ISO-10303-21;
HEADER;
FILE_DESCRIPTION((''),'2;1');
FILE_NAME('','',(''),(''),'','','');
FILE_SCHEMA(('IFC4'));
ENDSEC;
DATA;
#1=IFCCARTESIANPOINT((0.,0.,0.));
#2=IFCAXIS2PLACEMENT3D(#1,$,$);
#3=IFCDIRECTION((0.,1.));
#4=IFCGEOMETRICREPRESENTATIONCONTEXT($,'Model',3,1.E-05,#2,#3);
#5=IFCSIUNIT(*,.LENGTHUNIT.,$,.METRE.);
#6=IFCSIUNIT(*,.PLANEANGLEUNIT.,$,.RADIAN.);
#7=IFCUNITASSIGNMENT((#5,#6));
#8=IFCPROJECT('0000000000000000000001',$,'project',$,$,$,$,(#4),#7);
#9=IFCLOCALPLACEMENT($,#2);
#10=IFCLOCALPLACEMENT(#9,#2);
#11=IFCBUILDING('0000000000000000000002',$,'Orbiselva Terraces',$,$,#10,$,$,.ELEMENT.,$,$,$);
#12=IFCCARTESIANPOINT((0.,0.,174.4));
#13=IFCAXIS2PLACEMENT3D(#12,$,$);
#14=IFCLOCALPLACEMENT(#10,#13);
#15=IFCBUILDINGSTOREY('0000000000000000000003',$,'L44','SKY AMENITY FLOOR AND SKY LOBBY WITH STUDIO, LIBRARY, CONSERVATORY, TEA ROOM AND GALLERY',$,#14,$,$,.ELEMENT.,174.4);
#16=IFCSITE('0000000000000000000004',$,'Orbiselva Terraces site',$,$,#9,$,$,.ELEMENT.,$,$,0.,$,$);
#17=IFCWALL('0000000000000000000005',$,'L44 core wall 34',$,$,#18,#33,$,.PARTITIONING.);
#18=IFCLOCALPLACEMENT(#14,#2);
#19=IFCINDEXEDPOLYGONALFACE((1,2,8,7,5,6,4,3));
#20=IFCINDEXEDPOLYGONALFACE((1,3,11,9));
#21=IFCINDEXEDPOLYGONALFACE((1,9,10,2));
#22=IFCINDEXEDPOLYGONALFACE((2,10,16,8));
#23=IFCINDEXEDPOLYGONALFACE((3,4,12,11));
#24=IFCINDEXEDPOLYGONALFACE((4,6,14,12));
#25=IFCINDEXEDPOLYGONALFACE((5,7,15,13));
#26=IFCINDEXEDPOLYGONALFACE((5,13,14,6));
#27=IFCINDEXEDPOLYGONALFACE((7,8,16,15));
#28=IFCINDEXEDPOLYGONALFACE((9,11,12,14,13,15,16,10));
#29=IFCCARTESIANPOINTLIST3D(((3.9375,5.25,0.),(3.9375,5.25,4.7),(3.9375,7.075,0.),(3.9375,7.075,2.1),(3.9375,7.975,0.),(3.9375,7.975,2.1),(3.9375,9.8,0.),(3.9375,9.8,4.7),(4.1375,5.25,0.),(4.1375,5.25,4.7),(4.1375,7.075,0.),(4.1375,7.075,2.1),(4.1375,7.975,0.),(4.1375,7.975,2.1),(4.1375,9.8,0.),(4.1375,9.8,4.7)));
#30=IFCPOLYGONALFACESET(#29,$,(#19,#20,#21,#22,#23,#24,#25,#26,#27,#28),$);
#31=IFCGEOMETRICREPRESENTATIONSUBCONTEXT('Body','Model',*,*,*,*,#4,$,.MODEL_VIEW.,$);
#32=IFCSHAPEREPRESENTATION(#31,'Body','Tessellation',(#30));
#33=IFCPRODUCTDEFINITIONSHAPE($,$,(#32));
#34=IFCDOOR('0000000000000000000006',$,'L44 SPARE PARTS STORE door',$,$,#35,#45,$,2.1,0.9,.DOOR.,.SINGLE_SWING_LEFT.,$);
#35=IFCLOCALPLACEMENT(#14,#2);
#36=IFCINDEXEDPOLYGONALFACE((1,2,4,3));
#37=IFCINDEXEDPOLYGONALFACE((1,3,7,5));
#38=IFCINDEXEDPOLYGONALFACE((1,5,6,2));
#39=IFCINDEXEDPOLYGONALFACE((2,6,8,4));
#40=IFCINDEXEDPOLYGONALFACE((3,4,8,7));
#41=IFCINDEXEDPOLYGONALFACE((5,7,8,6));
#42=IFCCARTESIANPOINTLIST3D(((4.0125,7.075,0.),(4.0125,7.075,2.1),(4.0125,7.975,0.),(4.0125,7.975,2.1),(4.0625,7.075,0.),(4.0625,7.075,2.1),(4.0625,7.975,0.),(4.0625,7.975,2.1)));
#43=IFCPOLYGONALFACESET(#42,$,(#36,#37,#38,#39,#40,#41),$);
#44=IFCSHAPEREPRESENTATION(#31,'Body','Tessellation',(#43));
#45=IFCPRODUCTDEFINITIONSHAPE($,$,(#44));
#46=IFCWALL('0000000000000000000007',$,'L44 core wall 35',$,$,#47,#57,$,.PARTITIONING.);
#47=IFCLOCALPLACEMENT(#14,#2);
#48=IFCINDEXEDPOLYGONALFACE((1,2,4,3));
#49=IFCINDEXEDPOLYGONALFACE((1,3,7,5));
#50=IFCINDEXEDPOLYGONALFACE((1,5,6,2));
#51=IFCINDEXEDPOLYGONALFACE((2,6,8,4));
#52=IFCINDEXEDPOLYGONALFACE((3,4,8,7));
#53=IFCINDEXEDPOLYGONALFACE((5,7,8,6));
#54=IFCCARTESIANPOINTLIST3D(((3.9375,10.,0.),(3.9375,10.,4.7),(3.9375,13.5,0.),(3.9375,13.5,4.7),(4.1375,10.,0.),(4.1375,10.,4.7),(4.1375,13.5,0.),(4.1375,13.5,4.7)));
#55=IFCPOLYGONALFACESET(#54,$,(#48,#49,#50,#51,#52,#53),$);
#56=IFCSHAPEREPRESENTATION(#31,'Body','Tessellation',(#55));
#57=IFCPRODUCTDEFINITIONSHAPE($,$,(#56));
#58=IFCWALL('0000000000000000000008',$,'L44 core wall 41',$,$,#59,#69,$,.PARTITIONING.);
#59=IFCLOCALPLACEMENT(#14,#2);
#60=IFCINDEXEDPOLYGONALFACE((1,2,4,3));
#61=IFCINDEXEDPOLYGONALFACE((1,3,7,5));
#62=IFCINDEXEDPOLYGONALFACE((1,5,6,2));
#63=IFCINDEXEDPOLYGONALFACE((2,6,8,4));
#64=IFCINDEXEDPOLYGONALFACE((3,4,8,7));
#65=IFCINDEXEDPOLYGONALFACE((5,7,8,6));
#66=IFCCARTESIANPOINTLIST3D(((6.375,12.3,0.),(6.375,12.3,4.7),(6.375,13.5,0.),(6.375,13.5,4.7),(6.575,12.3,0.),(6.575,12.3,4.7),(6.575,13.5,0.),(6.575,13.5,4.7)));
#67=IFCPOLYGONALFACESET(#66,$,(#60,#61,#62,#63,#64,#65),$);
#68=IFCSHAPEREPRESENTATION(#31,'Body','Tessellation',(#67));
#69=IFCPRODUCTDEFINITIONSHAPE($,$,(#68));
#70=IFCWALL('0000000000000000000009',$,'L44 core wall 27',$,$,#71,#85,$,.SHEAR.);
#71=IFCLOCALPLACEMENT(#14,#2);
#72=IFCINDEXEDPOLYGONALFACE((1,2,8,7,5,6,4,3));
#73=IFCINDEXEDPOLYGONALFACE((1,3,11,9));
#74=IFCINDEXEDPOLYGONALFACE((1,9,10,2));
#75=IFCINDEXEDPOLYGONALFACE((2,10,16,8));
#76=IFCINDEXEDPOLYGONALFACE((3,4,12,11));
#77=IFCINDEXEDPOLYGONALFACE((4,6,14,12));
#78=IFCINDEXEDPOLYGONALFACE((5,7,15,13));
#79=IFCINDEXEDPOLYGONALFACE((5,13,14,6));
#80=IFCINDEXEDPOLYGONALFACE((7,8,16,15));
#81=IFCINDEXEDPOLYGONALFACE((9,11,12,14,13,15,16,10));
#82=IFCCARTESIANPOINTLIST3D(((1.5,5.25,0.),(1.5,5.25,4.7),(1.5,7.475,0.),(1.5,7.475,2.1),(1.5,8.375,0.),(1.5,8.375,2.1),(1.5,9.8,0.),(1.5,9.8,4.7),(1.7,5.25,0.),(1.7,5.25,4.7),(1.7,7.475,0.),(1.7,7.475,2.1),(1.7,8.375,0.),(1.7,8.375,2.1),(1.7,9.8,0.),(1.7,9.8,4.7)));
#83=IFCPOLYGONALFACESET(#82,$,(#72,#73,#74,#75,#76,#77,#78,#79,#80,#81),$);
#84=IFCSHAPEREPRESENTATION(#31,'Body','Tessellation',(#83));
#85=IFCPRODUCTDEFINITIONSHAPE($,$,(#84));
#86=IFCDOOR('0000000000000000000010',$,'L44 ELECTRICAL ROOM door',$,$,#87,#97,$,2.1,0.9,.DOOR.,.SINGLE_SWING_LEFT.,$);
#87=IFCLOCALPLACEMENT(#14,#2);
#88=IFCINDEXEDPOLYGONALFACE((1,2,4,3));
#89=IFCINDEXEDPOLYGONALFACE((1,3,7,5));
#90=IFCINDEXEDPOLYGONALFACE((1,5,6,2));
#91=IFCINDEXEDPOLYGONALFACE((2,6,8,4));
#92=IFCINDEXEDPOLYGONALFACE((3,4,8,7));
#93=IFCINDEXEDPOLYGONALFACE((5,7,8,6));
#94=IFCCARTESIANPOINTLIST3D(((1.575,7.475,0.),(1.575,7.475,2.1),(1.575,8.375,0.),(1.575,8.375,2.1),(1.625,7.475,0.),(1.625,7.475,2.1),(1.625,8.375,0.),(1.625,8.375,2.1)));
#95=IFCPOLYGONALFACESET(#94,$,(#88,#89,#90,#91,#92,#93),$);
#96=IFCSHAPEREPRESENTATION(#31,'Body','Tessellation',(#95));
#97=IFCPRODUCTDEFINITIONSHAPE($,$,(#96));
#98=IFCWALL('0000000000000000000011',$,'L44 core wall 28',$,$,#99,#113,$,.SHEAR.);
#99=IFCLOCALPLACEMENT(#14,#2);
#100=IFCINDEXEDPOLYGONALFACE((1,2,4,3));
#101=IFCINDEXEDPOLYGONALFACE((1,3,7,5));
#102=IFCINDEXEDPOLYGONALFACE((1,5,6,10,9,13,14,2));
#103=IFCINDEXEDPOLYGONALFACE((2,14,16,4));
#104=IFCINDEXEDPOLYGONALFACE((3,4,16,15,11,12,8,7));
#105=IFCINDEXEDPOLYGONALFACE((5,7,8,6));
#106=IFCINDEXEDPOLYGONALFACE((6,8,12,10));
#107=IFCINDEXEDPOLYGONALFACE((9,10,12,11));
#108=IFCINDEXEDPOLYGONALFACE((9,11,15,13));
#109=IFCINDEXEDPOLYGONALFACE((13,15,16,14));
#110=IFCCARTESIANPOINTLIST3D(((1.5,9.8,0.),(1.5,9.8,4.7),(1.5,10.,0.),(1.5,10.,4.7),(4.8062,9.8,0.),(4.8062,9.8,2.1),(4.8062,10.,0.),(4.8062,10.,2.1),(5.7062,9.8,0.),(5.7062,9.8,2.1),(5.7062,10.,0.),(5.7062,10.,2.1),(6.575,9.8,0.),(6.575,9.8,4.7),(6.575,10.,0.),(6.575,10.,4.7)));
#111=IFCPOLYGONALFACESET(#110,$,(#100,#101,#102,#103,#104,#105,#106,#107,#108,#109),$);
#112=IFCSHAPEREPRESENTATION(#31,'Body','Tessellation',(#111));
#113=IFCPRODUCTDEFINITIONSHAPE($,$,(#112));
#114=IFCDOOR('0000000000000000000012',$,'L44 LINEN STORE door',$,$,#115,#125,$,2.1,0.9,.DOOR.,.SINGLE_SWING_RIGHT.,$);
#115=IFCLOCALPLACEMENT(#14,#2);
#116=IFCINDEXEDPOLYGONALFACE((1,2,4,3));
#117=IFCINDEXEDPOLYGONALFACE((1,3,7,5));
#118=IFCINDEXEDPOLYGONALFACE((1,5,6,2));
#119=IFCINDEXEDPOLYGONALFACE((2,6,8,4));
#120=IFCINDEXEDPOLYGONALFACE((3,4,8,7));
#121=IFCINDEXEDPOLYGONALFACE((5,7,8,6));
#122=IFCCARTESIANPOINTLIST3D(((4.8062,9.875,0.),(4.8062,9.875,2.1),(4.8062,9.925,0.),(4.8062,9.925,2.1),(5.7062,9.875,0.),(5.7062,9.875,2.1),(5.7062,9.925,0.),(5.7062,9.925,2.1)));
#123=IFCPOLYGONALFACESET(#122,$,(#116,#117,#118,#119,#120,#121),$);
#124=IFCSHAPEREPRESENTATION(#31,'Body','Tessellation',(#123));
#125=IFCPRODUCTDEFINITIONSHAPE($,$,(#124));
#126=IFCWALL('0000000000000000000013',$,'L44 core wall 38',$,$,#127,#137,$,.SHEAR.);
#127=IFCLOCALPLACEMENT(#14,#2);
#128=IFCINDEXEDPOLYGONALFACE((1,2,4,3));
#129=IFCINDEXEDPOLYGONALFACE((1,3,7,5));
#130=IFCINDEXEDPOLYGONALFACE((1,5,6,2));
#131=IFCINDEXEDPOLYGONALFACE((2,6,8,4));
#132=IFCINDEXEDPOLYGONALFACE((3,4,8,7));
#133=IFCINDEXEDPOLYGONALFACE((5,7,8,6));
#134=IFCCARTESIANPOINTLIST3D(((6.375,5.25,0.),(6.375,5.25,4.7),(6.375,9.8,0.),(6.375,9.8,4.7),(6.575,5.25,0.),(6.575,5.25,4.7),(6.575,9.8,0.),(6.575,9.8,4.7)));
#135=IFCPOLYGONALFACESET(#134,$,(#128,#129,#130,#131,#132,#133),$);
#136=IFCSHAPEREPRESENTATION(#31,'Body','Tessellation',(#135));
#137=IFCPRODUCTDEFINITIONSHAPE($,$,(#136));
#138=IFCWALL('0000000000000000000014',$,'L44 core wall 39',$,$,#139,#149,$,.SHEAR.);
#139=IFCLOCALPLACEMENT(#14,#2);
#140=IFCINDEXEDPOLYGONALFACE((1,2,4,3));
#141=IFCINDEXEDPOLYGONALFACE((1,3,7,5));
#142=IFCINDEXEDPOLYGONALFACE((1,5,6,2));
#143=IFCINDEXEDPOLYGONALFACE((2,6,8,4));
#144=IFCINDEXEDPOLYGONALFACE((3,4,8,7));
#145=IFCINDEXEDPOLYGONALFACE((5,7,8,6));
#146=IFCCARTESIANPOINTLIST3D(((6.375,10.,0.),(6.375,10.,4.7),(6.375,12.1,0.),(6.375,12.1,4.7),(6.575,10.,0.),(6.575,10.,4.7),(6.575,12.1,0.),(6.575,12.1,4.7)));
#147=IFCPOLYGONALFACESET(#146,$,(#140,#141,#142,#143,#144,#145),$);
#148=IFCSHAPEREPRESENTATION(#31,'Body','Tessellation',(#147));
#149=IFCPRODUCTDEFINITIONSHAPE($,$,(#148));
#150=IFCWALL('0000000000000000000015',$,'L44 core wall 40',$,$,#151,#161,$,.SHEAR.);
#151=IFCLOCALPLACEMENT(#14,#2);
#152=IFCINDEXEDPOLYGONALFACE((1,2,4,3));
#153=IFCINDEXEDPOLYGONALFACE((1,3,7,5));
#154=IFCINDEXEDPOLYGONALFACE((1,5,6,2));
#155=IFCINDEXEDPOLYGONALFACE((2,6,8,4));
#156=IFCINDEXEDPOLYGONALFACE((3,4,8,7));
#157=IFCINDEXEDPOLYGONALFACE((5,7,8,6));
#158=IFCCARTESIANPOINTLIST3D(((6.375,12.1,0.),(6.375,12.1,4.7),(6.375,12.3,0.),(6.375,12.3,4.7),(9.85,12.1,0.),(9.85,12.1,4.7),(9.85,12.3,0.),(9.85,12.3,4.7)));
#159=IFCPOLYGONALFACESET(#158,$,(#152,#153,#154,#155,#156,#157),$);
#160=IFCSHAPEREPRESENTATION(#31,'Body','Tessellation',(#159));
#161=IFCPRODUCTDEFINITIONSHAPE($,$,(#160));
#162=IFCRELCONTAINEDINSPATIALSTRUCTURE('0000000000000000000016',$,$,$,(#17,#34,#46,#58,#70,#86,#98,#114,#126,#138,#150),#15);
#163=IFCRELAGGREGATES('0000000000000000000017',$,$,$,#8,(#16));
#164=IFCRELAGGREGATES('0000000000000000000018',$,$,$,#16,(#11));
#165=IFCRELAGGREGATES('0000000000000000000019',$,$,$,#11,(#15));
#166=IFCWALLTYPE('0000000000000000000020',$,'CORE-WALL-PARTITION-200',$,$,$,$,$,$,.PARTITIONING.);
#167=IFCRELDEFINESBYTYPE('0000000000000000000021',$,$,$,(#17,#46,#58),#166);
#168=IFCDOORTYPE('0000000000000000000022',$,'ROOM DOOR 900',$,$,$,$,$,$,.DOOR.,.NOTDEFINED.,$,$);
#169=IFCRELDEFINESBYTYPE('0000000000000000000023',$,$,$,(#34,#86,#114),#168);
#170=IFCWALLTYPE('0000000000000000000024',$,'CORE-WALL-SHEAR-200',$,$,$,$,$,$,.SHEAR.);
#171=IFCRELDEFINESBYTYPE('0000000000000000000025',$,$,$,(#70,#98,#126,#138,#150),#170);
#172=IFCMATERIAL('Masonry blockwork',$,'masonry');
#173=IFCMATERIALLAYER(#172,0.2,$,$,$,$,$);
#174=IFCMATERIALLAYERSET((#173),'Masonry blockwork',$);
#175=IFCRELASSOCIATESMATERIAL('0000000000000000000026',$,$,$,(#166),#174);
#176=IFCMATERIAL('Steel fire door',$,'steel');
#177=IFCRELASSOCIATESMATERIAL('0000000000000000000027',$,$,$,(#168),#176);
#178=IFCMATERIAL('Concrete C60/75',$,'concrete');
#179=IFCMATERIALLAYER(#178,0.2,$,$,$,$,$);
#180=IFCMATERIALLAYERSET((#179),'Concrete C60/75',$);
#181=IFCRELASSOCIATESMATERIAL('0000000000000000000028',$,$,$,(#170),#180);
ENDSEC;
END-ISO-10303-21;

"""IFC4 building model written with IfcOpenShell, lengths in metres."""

from ifc_helpers import new_model, si_unit, direction, frame, frame_2d, origin, place, context, subcontext, project, spatial, rectangle, extrude, material, layer, layer_set, type_object, element, fill, save


model = new_model("IFC4")

# Units and contexts
model_context = context("Model", 3, precision=1e-05, world=origin(), true_north=direction((0.0, 1.0)))
body_context = subcontext(model_context, "Body", "Model", "MODEL_VIEW")
ifc_project = project(units=[si_unit("LENGTHUNIT", "METRE"), si_unit("PLANEANGLEUNIT", "RADIAN")], contexts=[model_context])

# Site, building, storey
site_placement = place(None, origin())
site = spatial("IfcSite", under=ifc_project, at=site_placement, Name="Orbiselva Terraces site", CompositionType="ELEMENT", RefElevation=0.0)
building_placement = place(site_placement, origin())
building = spatial("IfcBuilding", under=site, at=building_placement, Name="Orbiselva Terraces", CompositionType="ELEMENT")
storey_placement = place(building_placement, frame((0.0, 0.0, 174.4)))
storey = spatial("IfcBuildingStorey", under=building, at=storey_placement, Name="L44", Description="SKY AMENITY FLOOR AND SKY LOBBY WITH STUDIO, LIBRARY, CONSERVATORY, TEA ROOM AND GALLERY", CompositionType="ELEMENT", Elevation=174.4)

# Wall, opening, door
ifc_material_1 = material(Name="Masonry blockwork", Category="masonry")
ifc_layer_1 = layer(ifc_material_1, 0.2)
ifc_layer_set_1 = layer_set([ifc_layer_1], Name="Masonry blockwork")
wall_type_1 = type_object("IfcWallType", Name="CORE-WALL-PARTITION-200", PredefinedType="PARTITIONING", material=ifc_layer_set_1)
wall_1_placement = place(storey_placement, frame((4.0375, 9.8, 0.0), z_axis=(0.0, 0.0, 1.0), x_axis=(0.0, -1.0, 0.0)))
wall_1 = element("IfcWall", 1, at=wall_1_placement, inside=storey, type_object=wall_type_1, Name="L44 core wall 34", PredefinedType="PARTITIONING", context=body_context, shape_type="SweptSolid", body=[
    extrude(rectangle(XDim=4.55, YDim=0.2, at=frame_2d((2.275, 0.0))), origin(), (0.0, 0.0, 1.0), 4.7),
])
opening_1_placement = place(wall_1_placement, frame((1.825, 0.0, 0.0)))
opening_1 = element("IfcOpeningElement", 2, at=opening_1_placement, cuts=wall_1, PredefinedType="OPENING", context=body_context, shape_type="SweptSolid", body=[
    extrude(rectangle(XDim=0.9, YDim=2.1, at=frame_2d((0.45, 1.05))), frame((0.0, 0.11, 0.0), z_axis=(0.0, -1.0, 0.0), x_axis=(1.0, 0.0, 0.0)), (0.0, 0.0, 1.0), 0.22),
])
ifc_material_2 = material(Name="Steel fire door", Category="steel")
door_type_1 = type_object("IfcDoorType", Name="ROOM DOOR 900", OperationType="NOTDEFINED", PredefinedType="DOOR", material=ifc_material_2)
door_1_placement = place(opening_1_placement, origin())
door_1 = element("IfcDoor", 3, at=door_1_placement, inside=storey, type_object=door_type_1, Name="L44 SPARE PARTS STORE door", OperationType="SINGLE_SWING_LEFT", OverallHeight=2.1, OverallWidth=0.9, PredefinedType="DOOR", context=body_context, shape_type="SweptSolid", body=[
    extrude(rectangle(XDim=0.9, YDim=2.1, at=frame_2d((0.45, 1.05))), frame((0.0, 0.025, 0.0), z_axis=(0.0, -1.0, 0.0), x_axis=(1.0, 0.0, 0.0)), (0.0, 0.0, 1.0), 0.05),
])
fill(opening_1, door_1)

# Walls
wall_2_placement = place(storey_placement, frame((4.0375, 10.0, 0.0), z_axis=(0.0, 0.0, 1.0), x_axis=(0.0, 1.0, 0.0)))
element("IfcWall", 4, at=wall_2_placement, inside=storey, type_object=wall_type_1, Name="L44 core wall 35", PredefinedType="PARTITIONING", context=body_context, shape_type="SweptSolid", body=[
    extrude(rectangle(XDim=3.5, YDim=0.2, at=frame_2d((1.75, 0.0))), origin(), (0.0, 0.0, 1.0), 4.7),
])
wall_3_placement = place(storey_placement, frame((6.475, 12.3, 0.0), z_axis=(0.0, 0.0, 1.0), x_axis=(0.0, 1.0, 0.0)))
element("IfcWall", 5, at=wall_3_placement, inside=storey, type_object=wall_type_1, Name="L44 core wall 41", PredefinedType="PARTITIONING", context=body_context, shape_type="SweptSolid", body=[
    extrude(rectangle(XDim=1.2, YDim=0.2, at=frame_2d((0.6, 0.0))), origin(), (0.0, 0.0, 1.0), 4.7),
])

# Walls, openings, doors
ifc_material_3 = material(Name="Concrete C60/75", Category="concrete")
ifc_layer_2 = layer(ifc_material_3, 0.2)
ifc_layer_set_2 = layer_set([ifc_layer_2], Name="Concrete C60/75")
wall_type_2 = type_object("IfcWallType", Name="CORE-WALL-SHEAR-200", PredefinedType="SHEAR", material=ifc_layer_set_2)
wall_4_placement = place(storey_placement, frame((1.6, 9.8, 0.0), z_axis=(0.0, 0.0, 1.0), x_axis=(0.0, -1.0, 0.0)))
wall_4 = element("IfcWall", 6, at=wall_4_placement, inside=storey, type_object=wall_type_2, Name="L44 core wall 27", PredefinedType="SHEAR", context=body_context, shape_type="SweptSolid", body=[
    extrude(rectangle(XDim=4.55, YDim=0.2, at=frame_2d((2.275, 0.0))), origin(), (0.0, 0.0, 1.0), 4.7),
])
opening_2_placement = place(wall_4_placement, frame((1.425, 0.0, 0.0)))
opening_2 = element("IfcOpeningElement", 7, at=opening_2_placement, cuts=wall_4, PredefinedType="OPENING", context=body_context, shape_type="SweptSolid", body=[
    extrude(rectangle(XDim=0.9, YDim=2.1, at=frame_2d((0.45, 1.05))), frame((0.0, 0.11, 0.0), z_axis=(0.0, -1.0, 0.0), x_axis=(1.0, 0.0, 0.0)), (0.0, 0.0, 1.0), 0.22),
])
door_2_placement = place(opening_2_placement, origin())
door_2 = element("IfcDoor", 8, at=door_2_placement, inside=storey, type_object=door_type_1, Name="L44 ELECTRICAL ROOM door", OperationType="SINGLE_SWING_LEFT", OverallHeight=2.1, OverallWidth=0.9, PredefinedType="DOOR", context=body_context, shape_type="SweptSolid", body=[
    extrude(rectangle(XDim=0.9, YDim=2.1, at=frame_2d((0.45, 1.05))), frame((0.0, 0.025, 0.0), z_axis=(0.0, -1.0, 0.0), x_axis=(1.0, 0.0, 0.0)), (0.0, 0.0, 1.0), 0.05),
])
fill(opening_2, door_2)
wall_5_placement = place(storey_placement, frame((1.5, 9.9, 0.0), z_axis=(0.0, 0.0, 1.0), x_axis=(1.0, 0.0, 0.0)))
wall_5 = element("IfcWall", 9, at=wall_5_placement, inside=storey, type_object=wall_type_2, Name="L44 core wall 28", PredefinedType="SHEAR", context=body_context, shape_type="SweptSolid", body=[
    extrude(rectangle(XDim=5.075, YDim=0.2, at=frame_2d((2.5375, 0.0))), origin(), (0.0, 0.0, 1.0), 4.7),
])
opening_3_placement = place(wall_5_placement, frame((3.3062, 0.0, 0.0)))
opening_3 = element("IfcOpeningElement", 10, at=opening_3_placement, cuts=wall_5, PredefinedType="OPENING", context=body_context, shape_type="SweptSolid", body=[
    extrude(rectangle(XDim=0.9, YDim=2.1, at=frame_2d((0.45, 1.05))), frame((0.0, 0.11, 0.0), z_axis=(0.0, -1.0, 0.0), x_axis=(1.0, 0.0, 0.0)), (0.0, 0.0, 1.0), 0.22),
])
door_3_placement = place(opening_3_placement, origin())
door_3 = element("IfcDoor", 11, at=door_3_placement, inside=storey, type_object=door_type_1, Name="L44 LINEN STORE door", OperationType="SINGLE_SWING_RIGHT", OverallHeight=2.1, OverallWidth=0.9, PredefinedType="DOOR", context=body_context, shape_type="SweptSolid", body=[
    extrude(rectangle(XDim=0.9, YDim=2.1, at=frame_2d((0.45, 1.05))), frame((0.0, 0.025, 0.0), z_axis=(0.0, -1.0, 0.0), x_axis=(1.0, 0.0, 0.0)), (0.0, 0.0, 1.0), 0.05),
])
fill(opening_3, door_3)

# Walls
wall_6_placement = place(storey_placement, frame((6.475, 5.25, 0.0), z_axis=(0.0, 0.0, 1.0), x_axis=(0.0, 1.0, 0.0)))
element("IfcWall", 12, at=wall_6_placement, inside=storey, type_object=wall_type_2, Name="L44 core wall 38", PredefinedType="SHEAR", context=body_context, shape_type="SweptSolid", body=[
    extrude(rectangle(XDim=4.55, YDim=0.2, at=frame_2d((2.275, 0.0))), origin(), (0.0, 0.0, 1.0), 4.7),
])
wall_7_placement = place(storey_placement, frame((6.475, 10.0, 0.0), z_axis=(0.0, 0.0, 1.0), x_axis=(0.0, 1.0, 0.0)))
element("IfcWall", 13, at=wall_7_placement, inside=storey, type_object=wall_type_2, Name="L44 core wall 39", PredefinedType="SHEAR", context=body_context, shape_type="SweptSolid", body=[
    extrude(rectangle(XDim=2.1, YDim=0.2, at=frame_2d((1.05, 0.0))), origin(), (0.0, 0.0, 1.0), 4.7),
])
wall_8_placement = place(storey_placement, frame((6.375, 12.2, 0.0), z_axis=(0.0, 0.0, 1.0), x_axis=(1.0, 0.0, 0.0)))
element("IfcWall", 14, at=wall_8_placement, inside=storey, type_object=wall_type_2, Name="L44 core wall 40", PredefinedType="SHEAR", context=body_context, shape_type="SweptSolid", body=[
    extrude(rectangle(XDim=3.475, YDim=0.2, at=frame_2d((1.7375, 0.0))), origin(), (0.0, 0.0, 1.0), 4.7),
])

save(model, "model.ifc")
